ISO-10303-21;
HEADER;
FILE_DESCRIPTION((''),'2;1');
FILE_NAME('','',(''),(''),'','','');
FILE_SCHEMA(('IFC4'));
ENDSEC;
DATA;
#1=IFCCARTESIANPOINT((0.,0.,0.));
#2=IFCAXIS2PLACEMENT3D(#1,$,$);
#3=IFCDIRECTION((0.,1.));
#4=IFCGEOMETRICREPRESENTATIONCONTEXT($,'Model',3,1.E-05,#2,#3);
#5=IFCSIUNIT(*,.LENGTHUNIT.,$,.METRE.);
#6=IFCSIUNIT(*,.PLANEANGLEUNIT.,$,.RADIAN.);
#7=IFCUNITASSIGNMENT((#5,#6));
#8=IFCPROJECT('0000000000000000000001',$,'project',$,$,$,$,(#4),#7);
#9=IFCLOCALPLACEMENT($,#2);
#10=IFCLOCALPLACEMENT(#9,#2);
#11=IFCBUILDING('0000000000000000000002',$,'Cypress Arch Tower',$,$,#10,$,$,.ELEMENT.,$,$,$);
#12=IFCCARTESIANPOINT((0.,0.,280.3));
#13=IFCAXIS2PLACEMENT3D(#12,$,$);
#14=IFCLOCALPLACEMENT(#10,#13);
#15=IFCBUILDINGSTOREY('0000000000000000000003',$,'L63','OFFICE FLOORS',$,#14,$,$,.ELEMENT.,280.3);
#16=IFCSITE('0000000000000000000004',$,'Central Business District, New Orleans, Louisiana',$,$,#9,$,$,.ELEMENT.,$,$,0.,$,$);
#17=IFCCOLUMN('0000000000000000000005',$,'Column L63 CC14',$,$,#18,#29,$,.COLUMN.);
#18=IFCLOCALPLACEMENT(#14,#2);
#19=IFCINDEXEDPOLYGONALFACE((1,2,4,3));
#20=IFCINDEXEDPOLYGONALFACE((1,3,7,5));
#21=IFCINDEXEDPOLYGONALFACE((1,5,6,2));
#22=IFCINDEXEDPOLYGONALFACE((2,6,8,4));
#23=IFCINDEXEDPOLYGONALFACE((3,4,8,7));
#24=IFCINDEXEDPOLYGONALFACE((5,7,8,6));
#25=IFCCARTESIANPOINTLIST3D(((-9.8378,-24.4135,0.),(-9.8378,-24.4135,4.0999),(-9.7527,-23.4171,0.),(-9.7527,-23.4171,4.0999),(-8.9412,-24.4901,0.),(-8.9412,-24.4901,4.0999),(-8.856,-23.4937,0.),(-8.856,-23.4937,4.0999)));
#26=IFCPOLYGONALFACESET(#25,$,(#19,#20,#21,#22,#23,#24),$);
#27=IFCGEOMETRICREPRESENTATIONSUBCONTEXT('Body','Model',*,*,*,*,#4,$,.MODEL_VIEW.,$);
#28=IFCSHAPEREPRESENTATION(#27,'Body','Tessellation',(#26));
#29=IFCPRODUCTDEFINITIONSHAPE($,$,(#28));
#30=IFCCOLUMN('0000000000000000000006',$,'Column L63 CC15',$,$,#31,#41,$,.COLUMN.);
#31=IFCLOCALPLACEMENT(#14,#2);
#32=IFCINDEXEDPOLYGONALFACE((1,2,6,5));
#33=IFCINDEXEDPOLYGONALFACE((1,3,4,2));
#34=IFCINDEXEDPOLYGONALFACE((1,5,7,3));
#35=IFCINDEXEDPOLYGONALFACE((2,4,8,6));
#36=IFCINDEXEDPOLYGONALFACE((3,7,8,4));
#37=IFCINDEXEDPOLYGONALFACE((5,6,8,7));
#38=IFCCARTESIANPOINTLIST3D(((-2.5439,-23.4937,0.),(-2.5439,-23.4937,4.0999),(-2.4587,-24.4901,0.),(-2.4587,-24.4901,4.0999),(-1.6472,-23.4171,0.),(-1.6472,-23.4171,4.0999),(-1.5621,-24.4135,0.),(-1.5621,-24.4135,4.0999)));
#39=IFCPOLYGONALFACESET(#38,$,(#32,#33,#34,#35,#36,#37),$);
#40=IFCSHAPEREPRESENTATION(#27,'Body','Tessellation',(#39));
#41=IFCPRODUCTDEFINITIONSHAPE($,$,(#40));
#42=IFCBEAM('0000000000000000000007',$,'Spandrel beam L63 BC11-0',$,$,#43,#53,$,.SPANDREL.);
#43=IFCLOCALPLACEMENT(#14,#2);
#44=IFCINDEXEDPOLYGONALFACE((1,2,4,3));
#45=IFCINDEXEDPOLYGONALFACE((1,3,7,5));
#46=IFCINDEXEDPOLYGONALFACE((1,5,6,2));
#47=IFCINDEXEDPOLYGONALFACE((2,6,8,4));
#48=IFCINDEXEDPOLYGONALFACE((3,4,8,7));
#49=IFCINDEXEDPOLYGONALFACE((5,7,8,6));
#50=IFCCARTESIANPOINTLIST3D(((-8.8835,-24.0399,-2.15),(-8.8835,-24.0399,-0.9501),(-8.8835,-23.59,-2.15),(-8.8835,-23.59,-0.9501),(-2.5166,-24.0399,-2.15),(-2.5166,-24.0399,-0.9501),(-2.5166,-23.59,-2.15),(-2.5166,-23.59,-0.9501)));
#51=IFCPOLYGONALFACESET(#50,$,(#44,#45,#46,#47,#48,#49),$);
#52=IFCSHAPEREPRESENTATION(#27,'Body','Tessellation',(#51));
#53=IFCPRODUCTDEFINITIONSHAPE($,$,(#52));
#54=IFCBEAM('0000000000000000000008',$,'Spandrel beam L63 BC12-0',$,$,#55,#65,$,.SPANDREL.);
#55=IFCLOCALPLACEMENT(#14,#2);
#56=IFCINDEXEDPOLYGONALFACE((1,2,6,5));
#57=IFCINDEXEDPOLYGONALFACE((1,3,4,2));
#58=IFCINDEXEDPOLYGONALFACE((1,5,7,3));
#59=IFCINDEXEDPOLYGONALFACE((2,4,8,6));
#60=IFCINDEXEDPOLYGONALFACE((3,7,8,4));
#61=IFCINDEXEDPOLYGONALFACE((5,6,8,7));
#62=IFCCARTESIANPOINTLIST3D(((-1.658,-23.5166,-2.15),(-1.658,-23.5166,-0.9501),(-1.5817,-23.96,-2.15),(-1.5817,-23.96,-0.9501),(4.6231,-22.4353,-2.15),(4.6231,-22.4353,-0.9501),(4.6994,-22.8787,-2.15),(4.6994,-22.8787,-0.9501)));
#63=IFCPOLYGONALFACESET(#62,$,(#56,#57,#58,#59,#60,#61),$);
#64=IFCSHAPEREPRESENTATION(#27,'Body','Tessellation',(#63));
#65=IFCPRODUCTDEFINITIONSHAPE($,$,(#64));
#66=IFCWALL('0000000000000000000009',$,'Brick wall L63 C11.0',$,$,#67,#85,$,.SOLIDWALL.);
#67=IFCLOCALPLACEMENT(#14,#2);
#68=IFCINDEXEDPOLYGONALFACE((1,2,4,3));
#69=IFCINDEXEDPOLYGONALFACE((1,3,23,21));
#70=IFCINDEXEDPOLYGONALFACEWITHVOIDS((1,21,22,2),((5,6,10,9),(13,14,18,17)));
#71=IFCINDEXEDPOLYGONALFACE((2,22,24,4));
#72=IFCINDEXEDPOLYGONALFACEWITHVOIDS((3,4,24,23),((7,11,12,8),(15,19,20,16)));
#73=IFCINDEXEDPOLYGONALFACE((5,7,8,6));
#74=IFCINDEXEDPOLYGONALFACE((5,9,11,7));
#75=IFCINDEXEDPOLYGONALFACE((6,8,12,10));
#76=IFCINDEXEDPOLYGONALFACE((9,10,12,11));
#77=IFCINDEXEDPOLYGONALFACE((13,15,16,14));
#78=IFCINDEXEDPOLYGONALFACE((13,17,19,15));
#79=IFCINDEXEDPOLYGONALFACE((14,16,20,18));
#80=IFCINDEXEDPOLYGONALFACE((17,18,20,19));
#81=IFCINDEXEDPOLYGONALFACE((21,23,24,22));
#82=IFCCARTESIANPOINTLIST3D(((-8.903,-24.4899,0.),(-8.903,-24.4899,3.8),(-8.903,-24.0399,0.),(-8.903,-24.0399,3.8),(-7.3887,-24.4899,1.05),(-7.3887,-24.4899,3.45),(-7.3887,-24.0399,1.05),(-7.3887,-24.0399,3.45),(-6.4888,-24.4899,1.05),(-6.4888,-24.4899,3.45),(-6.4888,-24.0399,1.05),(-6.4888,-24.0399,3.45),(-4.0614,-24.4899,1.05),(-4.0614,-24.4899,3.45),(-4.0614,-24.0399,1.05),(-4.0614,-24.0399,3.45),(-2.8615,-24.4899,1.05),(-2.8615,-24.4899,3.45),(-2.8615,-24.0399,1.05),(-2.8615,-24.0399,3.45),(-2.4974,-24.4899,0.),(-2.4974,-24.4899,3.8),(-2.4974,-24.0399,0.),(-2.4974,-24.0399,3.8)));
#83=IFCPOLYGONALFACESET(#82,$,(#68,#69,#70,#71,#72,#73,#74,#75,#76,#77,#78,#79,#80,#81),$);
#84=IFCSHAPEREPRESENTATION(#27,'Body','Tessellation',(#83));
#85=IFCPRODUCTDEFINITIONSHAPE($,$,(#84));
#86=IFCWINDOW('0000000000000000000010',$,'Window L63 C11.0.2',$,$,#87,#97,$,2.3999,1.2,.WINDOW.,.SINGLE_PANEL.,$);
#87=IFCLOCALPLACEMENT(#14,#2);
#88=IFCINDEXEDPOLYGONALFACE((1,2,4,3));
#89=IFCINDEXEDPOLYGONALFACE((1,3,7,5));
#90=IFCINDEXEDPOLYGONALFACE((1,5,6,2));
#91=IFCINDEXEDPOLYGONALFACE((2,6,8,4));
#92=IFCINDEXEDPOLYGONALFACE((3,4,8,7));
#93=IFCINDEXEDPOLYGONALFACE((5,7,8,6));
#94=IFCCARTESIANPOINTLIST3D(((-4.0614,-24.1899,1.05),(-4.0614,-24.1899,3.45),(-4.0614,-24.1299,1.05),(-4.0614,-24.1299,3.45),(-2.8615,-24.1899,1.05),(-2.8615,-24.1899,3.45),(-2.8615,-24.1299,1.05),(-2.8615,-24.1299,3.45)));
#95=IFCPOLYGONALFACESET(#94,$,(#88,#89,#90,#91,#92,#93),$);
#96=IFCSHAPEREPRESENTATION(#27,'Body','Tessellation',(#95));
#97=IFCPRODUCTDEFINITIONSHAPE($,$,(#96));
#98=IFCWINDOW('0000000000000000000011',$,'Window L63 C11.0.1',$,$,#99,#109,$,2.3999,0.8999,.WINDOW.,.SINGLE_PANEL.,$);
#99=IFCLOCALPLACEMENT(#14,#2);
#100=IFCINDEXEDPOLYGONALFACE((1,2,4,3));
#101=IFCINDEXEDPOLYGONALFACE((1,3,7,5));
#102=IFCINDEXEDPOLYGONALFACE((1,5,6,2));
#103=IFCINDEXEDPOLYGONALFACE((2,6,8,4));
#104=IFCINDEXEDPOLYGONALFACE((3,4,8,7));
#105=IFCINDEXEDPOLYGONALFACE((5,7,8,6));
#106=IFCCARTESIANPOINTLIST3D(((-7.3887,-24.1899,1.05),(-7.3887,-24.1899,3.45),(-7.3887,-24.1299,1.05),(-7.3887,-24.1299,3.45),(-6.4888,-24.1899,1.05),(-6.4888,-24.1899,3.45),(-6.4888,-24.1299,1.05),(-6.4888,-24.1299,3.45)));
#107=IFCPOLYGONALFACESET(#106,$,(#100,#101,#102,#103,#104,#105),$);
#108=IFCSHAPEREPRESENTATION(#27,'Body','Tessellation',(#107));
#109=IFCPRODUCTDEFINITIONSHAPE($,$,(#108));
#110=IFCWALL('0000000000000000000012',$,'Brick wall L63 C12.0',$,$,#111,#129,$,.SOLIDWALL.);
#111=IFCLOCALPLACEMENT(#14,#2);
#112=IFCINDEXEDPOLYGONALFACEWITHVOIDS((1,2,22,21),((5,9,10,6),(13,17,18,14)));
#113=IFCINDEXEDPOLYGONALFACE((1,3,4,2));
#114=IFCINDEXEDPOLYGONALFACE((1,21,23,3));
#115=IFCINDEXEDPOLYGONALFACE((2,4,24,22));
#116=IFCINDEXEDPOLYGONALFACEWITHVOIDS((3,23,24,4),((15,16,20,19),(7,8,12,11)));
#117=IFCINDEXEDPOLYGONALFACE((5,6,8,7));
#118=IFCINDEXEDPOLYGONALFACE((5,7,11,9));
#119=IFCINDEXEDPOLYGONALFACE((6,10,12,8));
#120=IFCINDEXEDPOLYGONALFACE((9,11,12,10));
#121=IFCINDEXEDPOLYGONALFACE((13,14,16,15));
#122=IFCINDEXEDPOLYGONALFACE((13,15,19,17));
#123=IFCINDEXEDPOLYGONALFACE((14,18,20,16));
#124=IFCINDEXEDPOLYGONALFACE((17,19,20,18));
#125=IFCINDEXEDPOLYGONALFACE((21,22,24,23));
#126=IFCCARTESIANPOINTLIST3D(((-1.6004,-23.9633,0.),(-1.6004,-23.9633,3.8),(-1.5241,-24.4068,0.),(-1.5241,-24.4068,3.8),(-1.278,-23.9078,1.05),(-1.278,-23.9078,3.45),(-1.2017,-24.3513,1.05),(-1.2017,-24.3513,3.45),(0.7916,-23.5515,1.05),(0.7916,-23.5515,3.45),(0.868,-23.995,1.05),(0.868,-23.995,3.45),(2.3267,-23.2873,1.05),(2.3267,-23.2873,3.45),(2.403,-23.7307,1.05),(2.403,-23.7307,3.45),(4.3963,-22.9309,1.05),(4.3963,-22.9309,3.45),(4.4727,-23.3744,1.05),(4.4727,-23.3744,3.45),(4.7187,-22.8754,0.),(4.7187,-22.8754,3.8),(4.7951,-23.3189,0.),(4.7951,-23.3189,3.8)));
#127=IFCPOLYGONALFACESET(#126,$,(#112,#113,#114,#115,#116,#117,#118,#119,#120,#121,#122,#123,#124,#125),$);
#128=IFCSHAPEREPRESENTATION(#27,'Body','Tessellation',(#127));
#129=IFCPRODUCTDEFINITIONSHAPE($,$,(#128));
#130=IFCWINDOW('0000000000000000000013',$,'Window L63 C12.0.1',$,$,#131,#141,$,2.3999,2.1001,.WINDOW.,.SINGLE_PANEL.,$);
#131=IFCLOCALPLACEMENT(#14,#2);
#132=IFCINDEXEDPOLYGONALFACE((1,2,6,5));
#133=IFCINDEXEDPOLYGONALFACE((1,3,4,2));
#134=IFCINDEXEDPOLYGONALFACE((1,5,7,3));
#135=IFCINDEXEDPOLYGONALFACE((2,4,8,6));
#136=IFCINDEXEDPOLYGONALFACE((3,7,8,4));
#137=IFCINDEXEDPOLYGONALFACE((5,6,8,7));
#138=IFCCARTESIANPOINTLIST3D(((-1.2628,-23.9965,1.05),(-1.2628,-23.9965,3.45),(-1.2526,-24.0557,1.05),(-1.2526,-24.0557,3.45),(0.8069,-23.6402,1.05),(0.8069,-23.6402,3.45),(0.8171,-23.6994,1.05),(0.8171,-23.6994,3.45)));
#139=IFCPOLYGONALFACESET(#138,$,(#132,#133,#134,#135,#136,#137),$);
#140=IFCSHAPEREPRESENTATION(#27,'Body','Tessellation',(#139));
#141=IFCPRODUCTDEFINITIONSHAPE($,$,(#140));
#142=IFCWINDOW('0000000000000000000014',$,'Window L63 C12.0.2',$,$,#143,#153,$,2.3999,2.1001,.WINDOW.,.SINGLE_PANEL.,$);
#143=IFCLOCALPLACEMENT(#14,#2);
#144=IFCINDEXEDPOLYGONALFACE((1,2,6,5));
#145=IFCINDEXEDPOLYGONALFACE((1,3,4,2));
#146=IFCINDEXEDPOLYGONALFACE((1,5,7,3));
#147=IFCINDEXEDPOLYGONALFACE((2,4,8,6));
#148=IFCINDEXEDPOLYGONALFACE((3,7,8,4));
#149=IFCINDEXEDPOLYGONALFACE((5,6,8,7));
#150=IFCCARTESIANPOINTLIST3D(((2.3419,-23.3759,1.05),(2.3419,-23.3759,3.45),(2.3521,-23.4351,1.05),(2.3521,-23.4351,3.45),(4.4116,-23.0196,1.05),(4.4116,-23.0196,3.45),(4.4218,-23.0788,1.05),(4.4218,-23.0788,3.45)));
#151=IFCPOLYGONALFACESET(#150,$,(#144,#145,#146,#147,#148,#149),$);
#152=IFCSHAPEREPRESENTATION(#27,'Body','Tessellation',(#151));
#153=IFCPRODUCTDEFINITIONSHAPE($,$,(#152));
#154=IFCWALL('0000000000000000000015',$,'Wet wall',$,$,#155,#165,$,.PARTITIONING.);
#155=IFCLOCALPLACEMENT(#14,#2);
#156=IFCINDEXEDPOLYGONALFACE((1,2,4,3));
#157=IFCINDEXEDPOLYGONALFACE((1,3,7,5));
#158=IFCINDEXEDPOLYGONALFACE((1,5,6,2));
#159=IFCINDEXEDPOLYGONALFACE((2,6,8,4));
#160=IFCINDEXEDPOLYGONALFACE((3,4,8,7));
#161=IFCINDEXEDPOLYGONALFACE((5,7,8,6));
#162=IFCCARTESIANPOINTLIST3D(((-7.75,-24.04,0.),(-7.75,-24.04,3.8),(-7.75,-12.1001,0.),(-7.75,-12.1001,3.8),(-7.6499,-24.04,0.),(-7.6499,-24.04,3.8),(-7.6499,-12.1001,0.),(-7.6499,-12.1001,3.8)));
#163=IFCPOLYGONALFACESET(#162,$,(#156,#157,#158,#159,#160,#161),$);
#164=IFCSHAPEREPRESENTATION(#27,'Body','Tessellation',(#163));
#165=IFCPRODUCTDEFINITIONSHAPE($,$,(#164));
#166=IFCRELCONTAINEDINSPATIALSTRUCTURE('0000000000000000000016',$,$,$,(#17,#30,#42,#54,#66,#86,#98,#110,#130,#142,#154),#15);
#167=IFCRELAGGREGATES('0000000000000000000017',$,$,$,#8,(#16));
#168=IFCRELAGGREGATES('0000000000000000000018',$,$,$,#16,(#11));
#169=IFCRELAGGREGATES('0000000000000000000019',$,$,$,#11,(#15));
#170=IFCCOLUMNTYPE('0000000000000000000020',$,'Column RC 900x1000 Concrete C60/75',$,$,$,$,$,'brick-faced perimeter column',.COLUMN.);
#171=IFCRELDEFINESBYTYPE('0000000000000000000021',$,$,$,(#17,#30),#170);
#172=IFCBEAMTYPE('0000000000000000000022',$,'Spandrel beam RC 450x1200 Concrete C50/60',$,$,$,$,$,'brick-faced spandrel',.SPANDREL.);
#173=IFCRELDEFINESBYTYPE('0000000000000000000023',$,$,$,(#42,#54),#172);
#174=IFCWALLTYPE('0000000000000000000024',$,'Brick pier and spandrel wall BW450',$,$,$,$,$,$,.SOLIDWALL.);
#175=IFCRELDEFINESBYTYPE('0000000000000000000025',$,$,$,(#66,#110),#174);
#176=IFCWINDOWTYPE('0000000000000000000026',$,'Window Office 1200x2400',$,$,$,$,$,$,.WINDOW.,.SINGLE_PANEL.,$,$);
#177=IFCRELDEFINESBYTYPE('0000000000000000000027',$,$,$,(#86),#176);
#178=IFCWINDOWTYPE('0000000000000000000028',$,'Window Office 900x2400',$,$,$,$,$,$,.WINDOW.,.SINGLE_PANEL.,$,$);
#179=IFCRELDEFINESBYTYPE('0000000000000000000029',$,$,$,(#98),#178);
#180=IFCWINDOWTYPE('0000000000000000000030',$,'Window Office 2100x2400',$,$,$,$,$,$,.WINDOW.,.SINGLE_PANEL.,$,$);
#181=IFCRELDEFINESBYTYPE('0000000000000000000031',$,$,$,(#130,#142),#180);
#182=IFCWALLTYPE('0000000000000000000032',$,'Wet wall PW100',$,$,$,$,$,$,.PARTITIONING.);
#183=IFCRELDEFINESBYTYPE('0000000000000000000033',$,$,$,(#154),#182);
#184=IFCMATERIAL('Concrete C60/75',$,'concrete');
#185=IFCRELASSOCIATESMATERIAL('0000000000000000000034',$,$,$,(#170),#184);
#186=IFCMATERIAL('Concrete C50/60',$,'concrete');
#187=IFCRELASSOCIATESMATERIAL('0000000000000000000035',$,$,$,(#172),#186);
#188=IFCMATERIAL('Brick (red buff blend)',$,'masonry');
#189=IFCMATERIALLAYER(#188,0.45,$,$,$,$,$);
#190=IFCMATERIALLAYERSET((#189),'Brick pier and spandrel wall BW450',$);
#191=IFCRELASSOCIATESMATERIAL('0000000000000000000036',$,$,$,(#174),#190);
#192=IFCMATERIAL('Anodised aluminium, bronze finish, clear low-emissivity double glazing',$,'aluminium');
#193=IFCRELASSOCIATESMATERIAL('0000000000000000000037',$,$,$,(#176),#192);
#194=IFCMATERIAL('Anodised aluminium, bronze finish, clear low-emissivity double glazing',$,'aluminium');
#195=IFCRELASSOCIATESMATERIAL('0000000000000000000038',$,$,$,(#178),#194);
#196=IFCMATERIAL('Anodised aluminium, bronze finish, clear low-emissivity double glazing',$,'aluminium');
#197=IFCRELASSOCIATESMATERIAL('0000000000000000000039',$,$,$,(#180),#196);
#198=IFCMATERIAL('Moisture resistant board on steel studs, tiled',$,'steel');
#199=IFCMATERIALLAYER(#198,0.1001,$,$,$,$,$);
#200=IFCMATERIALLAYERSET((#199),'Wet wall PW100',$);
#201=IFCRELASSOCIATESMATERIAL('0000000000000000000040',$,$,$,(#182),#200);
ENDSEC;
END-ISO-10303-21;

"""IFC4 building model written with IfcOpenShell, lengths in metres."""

from ifc_helpers import new_model, si_unit, direction, frame, frame_2d, origin, origin_2d, place, context, subcontext, project, spatial, rectangle, extrude, material, layer, layer_set, material_profile, profile_set, type_object, element, fill, save


model = new_model("IFC4")

# Units and contexts
model_context = context("Model", 3, precision=1e-05, world=origin(), true_north=direction((0.0, 1.0)))
body_context = subcontext(model_context, "Body", "Model", "MODEL_VIEW")
ifc_project = project(units=[si_unit("LENGTHUNIT", "METRE"), si_unit("PLANEANGLEUNIT", "RADIAN")], contexts=[model_context])

# Site, building, storey
site_placement = place(None, origin())
site = spatial("IfcSite", under=ifc_project, at=site_placement, Name="Central Business District, New Orleans, Louisiana", CompositionType="ELEMENT", RefElevation=0.0)
building_placement = place(site_placement, origin())
building = spatial("IfcBuilding", under=site, at=building_placement, Name="Cypress Arch Tower", CompositionType="ELEMENT")
storey_placement = place(building_placement, frame((0.0, 0.0, 280.3)))
storey = spatial("IfcBuildingStorey", under=building, at=storey_placement, Name="L63", Description="OFFICE FLOORS", CompositionType="ELEMENT", Elevation=280.3)

# Columns
ifc_material_1 = material(Name="Concrete C60/75", Category="concrete")
ifc_material_profile_1 = material_profile(ifc_material_1, rectangle(XDim=0.8999, YDim=1.0, at=origin_2d()), Name="RC 900x1000")
ifc_profile_set_1 = profile_set([ifc_material_profile_1], Name="Concrete C60/75")
column_type = type_object("IfcColumnType", Name="Column RC 900x1000 Concrete C60/75", ElementType="brick-faced perimeter column", PredefinedType="COLUMN", material=ifc_profile_set_1)
for number, where, z_axis, x_axis, name in (
    (1, (-9.3469, -23.9536, 0.0), (0.0, 0.0, 1.0), (0.996368, -0.085149, 0.0), "Column L63 CC14"),
    (2, (-2.053, -23.9536, 0.0), (0.0, 0.0, 1.0), (0.996368, 0.085149, 0.0), "Column L63 CC15"),
):
    element("IfcColumn", number, at=place(storey_placement, frame(where, z_axis=z_axis, x_axis=x_axis)), inside=storey, type_object=column_type, Name=name, PredefinedType="COLUMN", context=body_context, shape_type="SweptSolid", body=[
        extrude(rectangle(XDim=0.8999, YDim=1.0, at=origin_2d()), origin(), (0.0, 0.0, 1.0), 4.0999),
    ])

# Beams
ifc_material_2 = material(Name="Concrete C50/60", Category="concrete")
ifc_material_profile_2 = material_profile(ifc_material_2, rectangle(XDim=0.45, YDim=1.2, at=origin_2d()), Name="RC 450x1200")
ifc_profile_set_2 = profile_set([ifc_material_profile_2], Name="Concrete C50/60")
beam_type = type_object("IfcBeamType", Name="Spandrel beam RC 450x1200 Concrete C50/60", ElementType="brick-faced spandrel", PredefinedType="SPANDREL", material=ifc_profile_set_2)
beam_1_placement = place(storey_placement, frame((-8.8835, -23.8149, -1.55), z_axis=(1.0, 0.0, 0.0), x_axis=(0.0, 1.0, 0.0)))
element("IfcBeam", 3, at=beam_1_placement, inside=storey, type_object=beam_type, Name="Spandrel beam L63 BC11-0", PredefinedType="SPANDREL", context=body_context, shape_type="SweptSolid", body=[
    extrude(rectangle(XDim=0.45, YDim=1.2, at=origin_2d()), origin(), (0.0, 0.0, 1.0), 6.3669),
])
beam_2_placement = place(storey_placement, frame((-1.6199, -23.7383, -1.55), z_axis=(0.985504, 0.169652, 0.0), x_axis=(-0.169652, 0.985504, 0.0)))
element("IfcBeam", 4, at=beam_2_placement, inside=storey, type_object=beam_type, Name="Spandrel beam L63 BC12-0", PredefinedType="SPANDREL", context=body_context, shape_type="SweptSolid", body=[
    extrude(rectangle(XDim=0.45, YDim=1.2, at=origin_2d()), origin(), (0.0, 0.0, 1.0), 6.3735),
])

# Walls, openings, windows
ifc_material_3 = material(Name="Brick (red buff blend)", Category="masonry")
ifc_layer_1 = layer(ifc_material_3, 0.45)
ifc_layer_set_1 = layer_set([ifc_layer_1], Name="Brick pier and spandrel wall BW450")
wall_type_1 = type_object("IfcWallType", Name="Brick pier and spandrel wall BW450", PredefinedType="SOLIDWALL", material=ifc_layer_set_1)
wall_1_placement = place(storey_placement, frame((-8.9028, -24.2649, 0.0), z_axis=(0.0, 0.0, 1.0), x_axis=(1.0, 0.0, 0.0)))
wall_1 = element("IfcWall", 5, at=wall_1_placement, inside=storey, type_object=wall_type_1, Name="Brick wall L63 C11.0", PredefinedType="SOLIDWALL", context=body_context, shape_type="SweptSolid", body=[
    extrude(rectangle(XDim=6.4055, YDim=0.45, at=frame_2d((3.2026, 0.0))), origin(), (0.0, 0.0, 1.0), 3.8),
])
opening_1_placement = place(wall_1_placement, frame((1.5142, 0.0, 1.05)))
opening_1 = element("IfcOpeningElement", 6, at=opening_1_placement, cuts=wall_1, PredefinedType="OPENING", context=body_context, shape_type="SweptSolid", body=[
    extrude(rectangle(XDim=0.8999, YDim=2.3999, at=frame_2d((0.45, 1.2))), frame((0.0, 0.2349, 0.0), z_axis=(0.0, -1.0, 0.0), x_axis=(1.0, 0.0, 0.0)), (0.0, 0.0, 1.0), 0.47),
])
opening_2_placement = place(wall_1_placement, frame((4.8413, 0.0, 1.05)))
opening_2 = element("IfcOpeningElement", 7, at=opening_2_placement, cuts=wall_1, PredefinedType="OPENING", context=body_context, shape_type="SweptSolid", body=[
    extrude(rectangle(XDim=1.2, YDim=2.3999, at=frame_2d((0.6001, 1.2))), frame((0.0, 0.2349, 0.0), z_axis=(0.0, -1.0, 0.0), x_axis=(1.0, 0.0, 0.0)), (0.0, 0.0, 1.0), 0.47),
])
ifc_material_4 = material(Name="Anodised aluminium, bronze finish, clear low-emissivity double glazing", Category="aluminium")
window_type_1 = type_object("IfcWindowType", Name="Window Office 1200x2400", PartitioningType="SINGLE_PANEL", PredefinedType="WINDOW", material=ifc_material_4)
window_1_placement = place(opening_2_placement, origin())
window_1 = element("IfcWindow", 8, at=window_1_placement, inside=storey, type_object=window_type_1, Name="Window L63 C11.0.2", OverallHeight=2.3999, OverallWidth=1.2, PartitioningType="SINGLE_PANEL", PredefinedType="WINDOW", context=body_context, shape_type="SweptSolid", body=[
    extrude(rectangle(XDim=1.2, YDim=2.3999, at=frame_2d((0.6001, 1.2))), frame((0.0, 0.135, 0.0), z_axis=(0.0, -1.0, 0.0), x_axis=(1.0, 0.0, 0.0)), (0.0, 0.0, 1.0), 0.0601),
])
fill(opening_2, window_1)
ifc_material_5 = material(Name="Anodised aluminium, bronze finish, clear low-emissivity double glazing", Category="aluminium")
window_type_2 = type_object("IfcWindowType", Name="Window Office 900x2400", PartitioningType="SINGLE_PANEL", PredefinedType="WINDOW", material=ifc_material_5)
window_2_placement = place(opening_1_placement, origin())
window_2 = element("IfcWindow", 9, at=window_2_placement, inside=storey, type_object=window_type_2, Name="Window L63 C11.0.1", OverallHeight=2.3999, OverallWidth=0.8999, PartitioningType="SINGLE_PANEL", PredefinedType="WINDOW", context=body_context, shape_type="SweptSolid", body=[
    extrude(rectangle(XDim=0.8999, YDim=2.3999, at=frame_2d((0.45, 1.2))), frame((0.0, 0.135, 0.0), z_axis=(0.0, -1.0, 0.0), x_axis=(1.0, 0.0, 0.0)), (0.0, 0.0, 1.0), 0.0601),
])
fill(opening_1, window_2)
wall_2_placement = place(storey_placement, frame((-1.5623, -24.1851, 0.0), z_axis=(0.0, 0.0, 1.0), x_axis=(0.985502, 0.169663, 0.0)))
wall_2 = element("IfcWall", 10, at=wall_2_placement, inside=storey, type_object=wall_type_1, Name="Brick wall L63 C12.0", PredefinedType="SOLIDWALL", context=body_context, shape_type="SweptSolid", body=[
    extrude(rectangle(XDim=6.4121, YDim=0.45, at=frame_2d((3.2061, 0.0))), origin(), (0.0, 0.0, 1.0), 3.8),
])
opening_3_placement = place(wall_2_placement, frame((0.3271, 0.0, 1.05)))
opening_3 = element("IfcOpeningElement", 11, at=opening_3_placement, cuts=wall_2, PredefinedType="OPENING", context=body_context, shape_type="SweptSolid", body=[
    extrude(rectangle(XDim=2.1001, YDim=2.3999, at=frame_2d((1.05, 1.2))), frame((0.0, 0.2349, 0.0), z_axis=(0.0, -1.0, 0.0), x_axis=(1.0, 0.0, 0.0)), (0.0, 0.0, 1.0), 0.47),
])
opening_4_placement = place(wall_2_placement, frame((3.9849, 0.0, 1.05)))
opening_4 = element("IfcOpeningElement", 12, at=opening_4_placement, cuts=wall_2, PredefinedType="OPENING", context=body_context, shape_type="SweptSolid", body=[
    extrude(rectangle(XDim=2.1001, YDim=2.3999, at=frame_2d((1.05, 1.2))), frame((0.0, 0.2349, 0.0), z_axis=(0.0, -1.0, 0.0), x_axis=(1.0, 0.0, 0.0)), (0.0, 0.0, 1.0), 0.47),
])
ifc_material_6 = material(Name="Anodised aluminium, bronze finish, clear low-emissivity double glazing", Category="aluminium")
window_type_3 = type_object("IfcWindowType", Name="Window Office 2100x2400", PartitioningType="SINGLE_PANEL", PredefinedType="WINDOW", material=ifc_material_6)
window_3_placement = place(opening_3_placement, origin())
window_3 = element("IfcWindow", 13, at=window_3_placement, inside=storey, type_object=window_type_3, Name="Window L63 C12.0.1", OverallHeight=2.3999, OverallWidth=2.1001, PartitioningType="SINGLE_PANEL", PredefinedType="WINDOW", context=body_context, shape_type="SweptSolid", body=[
    extrude(rectangle(XDim=2.1001, YDim=2.3999, at=frame_2d((1.05, 1.2))), frame((0.0, 0.135, 0.0), z_axis=(0.0, -1.0, 0.0), x_axis=(1.0, 0.0, 0.0)), (0.0, 0.0, 1.0), 0.0601),
])
fill(opening_3, window_3)
window_4_placement = place(opening_4_placement, origin())
window_4 = element("IfcWindow", 14, at=window_4_placement, inside=storey, type_object=window_type_3, Name="Window L63 C12.0.2", OverallHeight=2.3999, OverallWidth=2.1001, PartitioningType="SINGLE_PANEL", PredefinedType="WINDOW", context=body_context, shape_type="SweptSolid", body=[
    extrude(rectangle(XDim=2.1001, YDim=2.3999, at=frame_2d((1.05, 1.2))), frame((0.0, 0.135, 0.0), z_axis=(0.0, -1.0, 0.0), x_axis=(1.0, 0.0, 0.0)), (0.0, 0.0, 1.0), 0.0601),
])
fill(opening_4, window_4)

# Wall
ifc_material_7 = material(Name="Moisture resistant board on steel studs, tiled", Category="steel")
ifc_layer_2 = layer(ifc_material_7, 0.1001)
ifc_layer_set_2 = layer_set([ifc_layer_2], Name="Wet wall PW100")
wall_type_2 = type_object("IfcWallType", Name="Wet wall PW100", PredefinedType="PARTITIONING", material=ifc_layer_set_2)
for number, where, z_axis, x_axis, name in (
    (15, (-7.7, -24.04, 0.0), (0.0, 0.0, 1.0), (0.0, 1.0, 0.0), "Wet wall"),
):
    element("IfcWall", number, at=place(storey_placement, frame(where, z_axis=z_axis, x_axis=x_axis)), inside=storey, type_object=wall_type_2, Name=name, PredefinedType="PARTITIONING", context=body_context, shape_type="SweptSolid", body=[
        extrude(rectangle(XDim=11.9399, YDim=0.1001, at=frame_2d((5.97, 0.0))), origin(), (0.0, 0.0, 1.0), 3.8),
    ])

save(model, "model.ifc")
